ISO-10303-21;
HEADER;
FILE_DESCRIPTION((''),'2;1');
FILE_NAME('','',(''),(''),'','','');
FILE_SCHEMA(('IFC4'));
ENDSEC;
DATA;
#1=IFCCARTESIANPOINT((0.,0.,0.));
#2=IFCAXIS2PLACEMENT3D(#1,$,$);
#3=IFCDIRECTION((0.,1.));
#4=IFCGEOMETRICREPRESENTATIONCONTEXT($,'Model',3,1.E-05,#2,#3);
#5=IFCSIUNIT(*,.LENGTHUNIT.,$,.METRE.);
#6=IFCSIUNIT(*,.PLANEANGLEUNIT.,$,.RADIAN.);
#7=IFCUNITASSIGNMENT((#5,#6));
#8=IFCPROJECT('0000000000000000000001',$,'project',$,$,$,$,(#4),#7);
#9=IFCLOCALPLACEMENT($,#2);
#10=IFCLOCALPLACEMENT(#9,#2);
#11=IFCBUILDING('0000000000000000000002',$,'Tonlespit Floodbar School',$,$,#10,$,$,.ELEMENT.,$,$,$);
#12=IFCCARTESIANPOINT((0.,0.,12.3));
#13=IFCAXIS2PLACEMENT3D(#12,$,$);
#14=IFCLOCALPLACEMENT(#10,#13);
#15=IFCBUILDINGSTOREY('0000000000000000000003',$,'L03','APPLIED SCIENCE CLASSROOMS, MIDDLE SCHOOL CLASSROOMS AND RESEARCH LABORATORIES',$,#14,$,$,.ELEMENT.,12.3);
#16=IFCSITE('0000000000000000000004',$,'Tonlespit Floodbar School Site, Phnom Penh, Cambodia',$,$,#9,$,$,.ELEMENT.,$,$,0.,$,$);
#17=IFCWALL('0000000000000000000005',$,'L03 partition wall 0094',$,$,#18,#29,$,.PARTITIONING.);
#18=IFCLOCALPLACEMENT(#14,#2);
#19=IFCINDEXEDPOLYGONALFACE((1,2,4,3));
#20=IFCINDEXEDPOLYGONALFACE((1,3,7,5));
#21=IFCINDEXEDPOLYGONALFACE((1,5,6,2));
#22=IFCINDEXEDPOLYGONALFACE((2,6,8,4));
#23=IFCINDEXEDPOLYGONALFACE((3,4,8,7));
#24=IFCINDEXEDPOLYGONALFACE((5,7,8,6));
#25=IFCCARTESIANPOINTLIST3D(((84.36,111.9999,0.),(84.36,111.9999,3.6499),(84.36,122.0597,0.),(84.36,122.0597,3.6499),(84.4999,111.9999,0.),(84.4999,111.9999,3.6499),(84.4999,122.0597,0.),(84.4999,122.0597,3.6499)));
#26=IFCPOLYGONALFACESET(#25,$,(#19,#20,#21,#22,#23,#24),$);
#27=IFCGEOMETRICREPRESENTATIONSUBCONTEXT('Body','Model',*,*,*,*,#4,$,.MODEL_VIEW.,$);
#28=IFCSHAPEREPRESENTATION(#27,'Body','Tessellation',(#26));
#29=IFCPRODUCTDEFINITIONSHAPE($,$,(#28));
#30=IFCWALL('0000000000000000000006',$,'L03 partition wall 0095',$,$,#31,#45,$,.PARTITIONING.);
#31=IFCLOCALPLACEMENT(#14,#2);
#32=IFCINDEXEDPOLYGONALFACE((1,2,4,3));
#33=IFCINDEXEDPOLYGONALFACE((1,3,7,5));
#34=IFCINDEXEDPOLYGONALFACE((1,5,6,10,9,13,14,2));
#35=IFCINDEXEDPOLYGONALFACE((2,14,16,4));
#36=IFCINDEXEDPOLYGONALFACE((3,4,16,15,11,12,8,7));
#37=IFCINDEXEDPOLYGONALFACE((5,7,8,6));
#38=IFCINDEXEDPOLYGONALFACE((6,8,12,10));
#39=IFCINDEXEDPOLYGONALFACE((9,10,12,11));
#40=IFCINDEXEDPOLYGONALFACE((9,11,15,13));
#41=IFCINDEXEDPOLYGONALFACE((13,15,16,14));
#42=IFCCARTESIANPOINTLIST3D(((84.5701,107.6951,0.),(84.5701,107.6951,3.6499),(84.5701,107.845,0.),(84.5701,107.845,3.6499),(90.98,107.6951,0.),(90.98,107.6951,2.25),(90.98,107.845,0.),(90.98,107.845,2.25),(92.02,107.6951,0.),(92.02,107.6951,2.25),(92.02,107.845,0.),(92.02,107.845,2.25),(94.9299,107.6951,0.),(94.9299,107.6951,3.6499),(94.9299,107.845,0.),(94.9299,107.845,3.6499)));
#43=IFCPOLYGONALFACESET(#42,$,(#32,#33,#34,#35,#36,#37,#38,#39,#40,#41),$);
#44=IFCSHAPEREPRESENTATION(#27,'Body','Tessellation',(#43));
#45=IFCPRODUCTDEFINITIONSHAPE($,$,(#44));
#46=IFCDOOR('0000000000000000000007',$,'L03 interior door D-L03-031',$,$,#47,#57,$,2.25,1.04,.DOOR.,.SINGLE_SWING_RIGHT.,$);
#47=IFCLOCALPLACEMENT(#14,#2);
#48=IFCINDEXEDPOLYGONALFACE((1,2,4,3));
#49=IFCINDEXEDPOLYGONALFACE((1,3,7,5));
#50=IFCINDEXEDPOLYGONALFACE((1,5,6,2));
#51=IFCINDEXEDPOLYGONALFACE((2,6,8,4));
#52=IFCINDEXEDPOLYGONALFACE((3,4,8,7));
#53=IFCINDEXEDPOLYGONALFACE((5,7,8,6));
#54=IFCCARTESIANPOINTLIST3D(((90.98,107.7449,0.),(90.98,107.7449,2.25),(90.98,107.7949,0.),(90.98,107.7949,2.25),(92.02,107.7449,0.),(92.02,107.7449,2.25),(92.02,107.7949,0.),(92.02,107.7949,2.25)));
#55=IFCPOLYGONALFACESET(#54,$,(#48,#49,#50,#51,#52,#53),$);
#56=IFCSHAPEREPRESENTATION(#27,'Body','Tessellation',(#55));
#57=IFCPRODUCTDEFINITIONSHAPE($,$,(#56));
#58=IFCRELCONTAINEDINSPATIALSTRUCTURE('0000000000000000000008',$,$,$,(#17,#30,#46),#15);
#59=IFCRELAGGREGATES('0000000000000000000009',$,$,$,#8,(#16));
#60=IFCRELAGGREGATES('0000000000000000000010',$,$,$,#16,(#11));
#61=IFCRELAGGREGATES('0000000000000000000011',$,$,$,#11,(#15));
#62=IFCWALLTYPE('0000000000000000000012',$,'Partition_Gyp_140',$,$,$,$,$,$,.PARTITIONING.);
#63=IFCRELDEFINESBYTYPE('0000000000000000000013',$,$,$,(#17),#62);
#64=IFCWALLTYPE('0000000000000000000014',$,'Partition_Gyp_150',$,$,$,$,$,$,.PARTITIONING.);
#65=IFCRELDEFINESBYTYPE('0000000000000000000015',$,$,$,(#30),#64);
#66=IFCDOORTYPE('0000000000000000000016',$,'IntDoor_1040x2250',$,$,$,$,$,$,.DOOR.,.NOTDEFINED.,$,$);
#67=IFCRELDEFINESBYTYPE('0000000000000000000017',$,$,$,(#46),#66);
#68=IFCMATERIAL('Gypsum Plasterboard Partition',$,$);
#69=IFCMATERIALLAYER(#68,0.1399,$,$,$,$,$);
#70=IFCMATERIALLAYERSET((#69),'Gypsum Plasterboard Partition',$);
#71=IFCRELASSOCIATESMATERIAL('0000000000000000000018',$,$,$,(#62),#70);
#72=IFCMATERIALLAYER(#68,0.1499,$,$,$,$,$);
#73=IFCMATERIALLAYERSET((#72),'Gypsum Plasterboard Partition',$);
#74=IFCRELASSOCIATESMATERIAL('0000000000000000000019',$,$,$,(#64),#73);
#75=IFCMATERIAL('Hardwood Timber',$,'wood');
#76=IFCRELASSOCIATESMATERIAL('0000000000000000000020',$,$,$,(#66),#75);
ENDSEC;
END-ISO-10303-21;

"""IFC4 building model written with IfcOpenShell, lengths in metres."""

from ifc_helpers import new_model, si_unit, direction, frame, frame_2d, origin, place, context, subcontext, project, spatial, rectangle, extrude, material, layer, layer_set, type_object, element, fill, save


model = new_model("IFC4")

# Units and contexts
model_context = context("Model", 3, precision=1e-05, world=origin(), true_north=direction((0.0, 1.0)))
body_context = subcontext(model_context, "Body", "Model", "MODEL_VIEW")
ifc_project = project(units=[si_unit("LENGTHUNIT", "METRE"), si_unit("PLANEANGLEUNIT", "RADIAN")], contexts=[model_context])

# Site, building, storey
site_placement = place(None, origin())
site = spatial("IfcSite", under=ifc_project, at=site_placement, Name="Tonlespit Floodbar School Site, Phnom Penh, Cambodia", CompositionType="ELEMENT", RefElevation=0.0)
building_placement = place(site_placement, origin())
building = spatial("IfcBuilding", under=site, at=building_placement, Name="Tonlespit Floodbar School", CompositionType="ELEMENT")
storey_placement = place(building_placement, frame((0.0, 0.0, 12.3)))
storey = spatial("IfcBuildingStorey", under=building, at=storey_placement, Name="L03", Description="APPLIED SCIENCE CLASSROOMS, MIDDLE SCHOOL CLASSROOMS AND RESEARCH LABORATORIES", CompositionType="ELEMENT", Elevation=12.3)

# Wall
ifc_material_1 = material(Name="Gypsum Plasterboard Partition")
ifc_layer_1 = layer(ifc_material_1, 0.1399)
ifc_layer_set_1 = layer_set([ifc_layer_1], Name="Gypsum Plasterboard Partition")
wall_type_1 = type_object("IfcWallType", Name="Partition_Gyp_140", PredefinedType="PARTITIONING", material=ifc_layer_set_1)
wall_1_placement = place(storey_placement, frame((84.4299, 112.0, 0.0), z_axis=(0.0, 0.0, 1.0), x_axis=(0.0, 1.0, 0.0)))
element("IfcWall", 1, at=wall_1_placement, inside=storey, type_object=wall_type_1, Name="L03 partition wall 0094", PredefinedType="PARTITIONING", context=body_context, shape_type="SweptSolid", body=[
    extrude(rectangle(XDim=10.0598, YDim=0.1399, at=frame_2d((5.0298, 0.0))), origin(), (0.0, 0.0, 1.0), 3.6499),
])

# Wall, opening, door
ifc_layer_2 = layer(ifc_material_1, 0.1499)
ifc_layer_set_2 = layer_set([ifc_layer_2], Name="Gypsum Plasterboard Partition")
wall_type_2 = type_object("IfcWallType", Name="Partition_Gyp_150", PredefinedType="PARTITIONING", material=ifc_layer_set_2)
wall_2_placement = place(storey_placement, frame((84.5701, 107.77, 0.0), z_axis=(0.0, 0.0, 1.0), x_axis=(1.0, 0.0, 0.0)))
wall_2 = element("IfcWall", 2, at=wall_2_placement, inside=storey, type_object=wall_type_2, Name="L03 partition wall 0095", PredefinedType="PARTITIONING", context=body_context, shape_type="SweptSolid", body=[
    extrude(rectangle(XDim=10.3599, YDim=0.1499, at=frame_2d((5.1799, 0.0))), origin(), (0.0, 0.0, 1.0), 3.6499),
])
opening_placement = place(wall_2_placement, frame((6.4099, 0.0, 0.0)))
opening = element("IfcOpeningElement", 3, at=opening_placement, cuts=wall_2, PredefinedType="OPENING", context=body_context, shape_type="SweptSolid", body=[
    extrude(rectangle(XDim=1.04, YDim=2.25, at=frame_2d((0.52, 1.125))), frame((0.0, 0.085, 0.0), z_axis=(0.0, -1.0, 0.0), x_axis=(1.0, 0.0, 0.0)), (0.0, 0.0, 1.0), 0.1699),
])
ifc_material_2 = material(Name="Hardwood Timber", Category="wood")
door_type = type_object("IfcDoorType", Name="IntDoor_1040x2250", OperationType="NOTDEFINED", PredefinedType="DOOR", material=ifc_material_2)
door_placement = place(opening_placement, origin())
door = element("IfcDoor", 4, at=door_placement, inside=storey, type_object=door_type, Name="L03 interior door D-L03-031", OperationType="SINGLE_SWING_RIGHT", OverallHeight=2.25, OverallWidth=1.04, PredefinedType="DOOR", context=body_context, shape_type="SweptSolid", body=[
    extrude(rectangle(XDim=1.04, YDim=2.25, at=frame_2d((0.52, 1.125))), frame((0.0, 0.0249, 0.0), z_axis=(0.0, -1.0, 0.0), x_axis=(1.0, 0.0, 0.0)), (0.0, 0.0, 1.0), 0.05),
])
fill(opening, door)

save(model, "model.ifc")
